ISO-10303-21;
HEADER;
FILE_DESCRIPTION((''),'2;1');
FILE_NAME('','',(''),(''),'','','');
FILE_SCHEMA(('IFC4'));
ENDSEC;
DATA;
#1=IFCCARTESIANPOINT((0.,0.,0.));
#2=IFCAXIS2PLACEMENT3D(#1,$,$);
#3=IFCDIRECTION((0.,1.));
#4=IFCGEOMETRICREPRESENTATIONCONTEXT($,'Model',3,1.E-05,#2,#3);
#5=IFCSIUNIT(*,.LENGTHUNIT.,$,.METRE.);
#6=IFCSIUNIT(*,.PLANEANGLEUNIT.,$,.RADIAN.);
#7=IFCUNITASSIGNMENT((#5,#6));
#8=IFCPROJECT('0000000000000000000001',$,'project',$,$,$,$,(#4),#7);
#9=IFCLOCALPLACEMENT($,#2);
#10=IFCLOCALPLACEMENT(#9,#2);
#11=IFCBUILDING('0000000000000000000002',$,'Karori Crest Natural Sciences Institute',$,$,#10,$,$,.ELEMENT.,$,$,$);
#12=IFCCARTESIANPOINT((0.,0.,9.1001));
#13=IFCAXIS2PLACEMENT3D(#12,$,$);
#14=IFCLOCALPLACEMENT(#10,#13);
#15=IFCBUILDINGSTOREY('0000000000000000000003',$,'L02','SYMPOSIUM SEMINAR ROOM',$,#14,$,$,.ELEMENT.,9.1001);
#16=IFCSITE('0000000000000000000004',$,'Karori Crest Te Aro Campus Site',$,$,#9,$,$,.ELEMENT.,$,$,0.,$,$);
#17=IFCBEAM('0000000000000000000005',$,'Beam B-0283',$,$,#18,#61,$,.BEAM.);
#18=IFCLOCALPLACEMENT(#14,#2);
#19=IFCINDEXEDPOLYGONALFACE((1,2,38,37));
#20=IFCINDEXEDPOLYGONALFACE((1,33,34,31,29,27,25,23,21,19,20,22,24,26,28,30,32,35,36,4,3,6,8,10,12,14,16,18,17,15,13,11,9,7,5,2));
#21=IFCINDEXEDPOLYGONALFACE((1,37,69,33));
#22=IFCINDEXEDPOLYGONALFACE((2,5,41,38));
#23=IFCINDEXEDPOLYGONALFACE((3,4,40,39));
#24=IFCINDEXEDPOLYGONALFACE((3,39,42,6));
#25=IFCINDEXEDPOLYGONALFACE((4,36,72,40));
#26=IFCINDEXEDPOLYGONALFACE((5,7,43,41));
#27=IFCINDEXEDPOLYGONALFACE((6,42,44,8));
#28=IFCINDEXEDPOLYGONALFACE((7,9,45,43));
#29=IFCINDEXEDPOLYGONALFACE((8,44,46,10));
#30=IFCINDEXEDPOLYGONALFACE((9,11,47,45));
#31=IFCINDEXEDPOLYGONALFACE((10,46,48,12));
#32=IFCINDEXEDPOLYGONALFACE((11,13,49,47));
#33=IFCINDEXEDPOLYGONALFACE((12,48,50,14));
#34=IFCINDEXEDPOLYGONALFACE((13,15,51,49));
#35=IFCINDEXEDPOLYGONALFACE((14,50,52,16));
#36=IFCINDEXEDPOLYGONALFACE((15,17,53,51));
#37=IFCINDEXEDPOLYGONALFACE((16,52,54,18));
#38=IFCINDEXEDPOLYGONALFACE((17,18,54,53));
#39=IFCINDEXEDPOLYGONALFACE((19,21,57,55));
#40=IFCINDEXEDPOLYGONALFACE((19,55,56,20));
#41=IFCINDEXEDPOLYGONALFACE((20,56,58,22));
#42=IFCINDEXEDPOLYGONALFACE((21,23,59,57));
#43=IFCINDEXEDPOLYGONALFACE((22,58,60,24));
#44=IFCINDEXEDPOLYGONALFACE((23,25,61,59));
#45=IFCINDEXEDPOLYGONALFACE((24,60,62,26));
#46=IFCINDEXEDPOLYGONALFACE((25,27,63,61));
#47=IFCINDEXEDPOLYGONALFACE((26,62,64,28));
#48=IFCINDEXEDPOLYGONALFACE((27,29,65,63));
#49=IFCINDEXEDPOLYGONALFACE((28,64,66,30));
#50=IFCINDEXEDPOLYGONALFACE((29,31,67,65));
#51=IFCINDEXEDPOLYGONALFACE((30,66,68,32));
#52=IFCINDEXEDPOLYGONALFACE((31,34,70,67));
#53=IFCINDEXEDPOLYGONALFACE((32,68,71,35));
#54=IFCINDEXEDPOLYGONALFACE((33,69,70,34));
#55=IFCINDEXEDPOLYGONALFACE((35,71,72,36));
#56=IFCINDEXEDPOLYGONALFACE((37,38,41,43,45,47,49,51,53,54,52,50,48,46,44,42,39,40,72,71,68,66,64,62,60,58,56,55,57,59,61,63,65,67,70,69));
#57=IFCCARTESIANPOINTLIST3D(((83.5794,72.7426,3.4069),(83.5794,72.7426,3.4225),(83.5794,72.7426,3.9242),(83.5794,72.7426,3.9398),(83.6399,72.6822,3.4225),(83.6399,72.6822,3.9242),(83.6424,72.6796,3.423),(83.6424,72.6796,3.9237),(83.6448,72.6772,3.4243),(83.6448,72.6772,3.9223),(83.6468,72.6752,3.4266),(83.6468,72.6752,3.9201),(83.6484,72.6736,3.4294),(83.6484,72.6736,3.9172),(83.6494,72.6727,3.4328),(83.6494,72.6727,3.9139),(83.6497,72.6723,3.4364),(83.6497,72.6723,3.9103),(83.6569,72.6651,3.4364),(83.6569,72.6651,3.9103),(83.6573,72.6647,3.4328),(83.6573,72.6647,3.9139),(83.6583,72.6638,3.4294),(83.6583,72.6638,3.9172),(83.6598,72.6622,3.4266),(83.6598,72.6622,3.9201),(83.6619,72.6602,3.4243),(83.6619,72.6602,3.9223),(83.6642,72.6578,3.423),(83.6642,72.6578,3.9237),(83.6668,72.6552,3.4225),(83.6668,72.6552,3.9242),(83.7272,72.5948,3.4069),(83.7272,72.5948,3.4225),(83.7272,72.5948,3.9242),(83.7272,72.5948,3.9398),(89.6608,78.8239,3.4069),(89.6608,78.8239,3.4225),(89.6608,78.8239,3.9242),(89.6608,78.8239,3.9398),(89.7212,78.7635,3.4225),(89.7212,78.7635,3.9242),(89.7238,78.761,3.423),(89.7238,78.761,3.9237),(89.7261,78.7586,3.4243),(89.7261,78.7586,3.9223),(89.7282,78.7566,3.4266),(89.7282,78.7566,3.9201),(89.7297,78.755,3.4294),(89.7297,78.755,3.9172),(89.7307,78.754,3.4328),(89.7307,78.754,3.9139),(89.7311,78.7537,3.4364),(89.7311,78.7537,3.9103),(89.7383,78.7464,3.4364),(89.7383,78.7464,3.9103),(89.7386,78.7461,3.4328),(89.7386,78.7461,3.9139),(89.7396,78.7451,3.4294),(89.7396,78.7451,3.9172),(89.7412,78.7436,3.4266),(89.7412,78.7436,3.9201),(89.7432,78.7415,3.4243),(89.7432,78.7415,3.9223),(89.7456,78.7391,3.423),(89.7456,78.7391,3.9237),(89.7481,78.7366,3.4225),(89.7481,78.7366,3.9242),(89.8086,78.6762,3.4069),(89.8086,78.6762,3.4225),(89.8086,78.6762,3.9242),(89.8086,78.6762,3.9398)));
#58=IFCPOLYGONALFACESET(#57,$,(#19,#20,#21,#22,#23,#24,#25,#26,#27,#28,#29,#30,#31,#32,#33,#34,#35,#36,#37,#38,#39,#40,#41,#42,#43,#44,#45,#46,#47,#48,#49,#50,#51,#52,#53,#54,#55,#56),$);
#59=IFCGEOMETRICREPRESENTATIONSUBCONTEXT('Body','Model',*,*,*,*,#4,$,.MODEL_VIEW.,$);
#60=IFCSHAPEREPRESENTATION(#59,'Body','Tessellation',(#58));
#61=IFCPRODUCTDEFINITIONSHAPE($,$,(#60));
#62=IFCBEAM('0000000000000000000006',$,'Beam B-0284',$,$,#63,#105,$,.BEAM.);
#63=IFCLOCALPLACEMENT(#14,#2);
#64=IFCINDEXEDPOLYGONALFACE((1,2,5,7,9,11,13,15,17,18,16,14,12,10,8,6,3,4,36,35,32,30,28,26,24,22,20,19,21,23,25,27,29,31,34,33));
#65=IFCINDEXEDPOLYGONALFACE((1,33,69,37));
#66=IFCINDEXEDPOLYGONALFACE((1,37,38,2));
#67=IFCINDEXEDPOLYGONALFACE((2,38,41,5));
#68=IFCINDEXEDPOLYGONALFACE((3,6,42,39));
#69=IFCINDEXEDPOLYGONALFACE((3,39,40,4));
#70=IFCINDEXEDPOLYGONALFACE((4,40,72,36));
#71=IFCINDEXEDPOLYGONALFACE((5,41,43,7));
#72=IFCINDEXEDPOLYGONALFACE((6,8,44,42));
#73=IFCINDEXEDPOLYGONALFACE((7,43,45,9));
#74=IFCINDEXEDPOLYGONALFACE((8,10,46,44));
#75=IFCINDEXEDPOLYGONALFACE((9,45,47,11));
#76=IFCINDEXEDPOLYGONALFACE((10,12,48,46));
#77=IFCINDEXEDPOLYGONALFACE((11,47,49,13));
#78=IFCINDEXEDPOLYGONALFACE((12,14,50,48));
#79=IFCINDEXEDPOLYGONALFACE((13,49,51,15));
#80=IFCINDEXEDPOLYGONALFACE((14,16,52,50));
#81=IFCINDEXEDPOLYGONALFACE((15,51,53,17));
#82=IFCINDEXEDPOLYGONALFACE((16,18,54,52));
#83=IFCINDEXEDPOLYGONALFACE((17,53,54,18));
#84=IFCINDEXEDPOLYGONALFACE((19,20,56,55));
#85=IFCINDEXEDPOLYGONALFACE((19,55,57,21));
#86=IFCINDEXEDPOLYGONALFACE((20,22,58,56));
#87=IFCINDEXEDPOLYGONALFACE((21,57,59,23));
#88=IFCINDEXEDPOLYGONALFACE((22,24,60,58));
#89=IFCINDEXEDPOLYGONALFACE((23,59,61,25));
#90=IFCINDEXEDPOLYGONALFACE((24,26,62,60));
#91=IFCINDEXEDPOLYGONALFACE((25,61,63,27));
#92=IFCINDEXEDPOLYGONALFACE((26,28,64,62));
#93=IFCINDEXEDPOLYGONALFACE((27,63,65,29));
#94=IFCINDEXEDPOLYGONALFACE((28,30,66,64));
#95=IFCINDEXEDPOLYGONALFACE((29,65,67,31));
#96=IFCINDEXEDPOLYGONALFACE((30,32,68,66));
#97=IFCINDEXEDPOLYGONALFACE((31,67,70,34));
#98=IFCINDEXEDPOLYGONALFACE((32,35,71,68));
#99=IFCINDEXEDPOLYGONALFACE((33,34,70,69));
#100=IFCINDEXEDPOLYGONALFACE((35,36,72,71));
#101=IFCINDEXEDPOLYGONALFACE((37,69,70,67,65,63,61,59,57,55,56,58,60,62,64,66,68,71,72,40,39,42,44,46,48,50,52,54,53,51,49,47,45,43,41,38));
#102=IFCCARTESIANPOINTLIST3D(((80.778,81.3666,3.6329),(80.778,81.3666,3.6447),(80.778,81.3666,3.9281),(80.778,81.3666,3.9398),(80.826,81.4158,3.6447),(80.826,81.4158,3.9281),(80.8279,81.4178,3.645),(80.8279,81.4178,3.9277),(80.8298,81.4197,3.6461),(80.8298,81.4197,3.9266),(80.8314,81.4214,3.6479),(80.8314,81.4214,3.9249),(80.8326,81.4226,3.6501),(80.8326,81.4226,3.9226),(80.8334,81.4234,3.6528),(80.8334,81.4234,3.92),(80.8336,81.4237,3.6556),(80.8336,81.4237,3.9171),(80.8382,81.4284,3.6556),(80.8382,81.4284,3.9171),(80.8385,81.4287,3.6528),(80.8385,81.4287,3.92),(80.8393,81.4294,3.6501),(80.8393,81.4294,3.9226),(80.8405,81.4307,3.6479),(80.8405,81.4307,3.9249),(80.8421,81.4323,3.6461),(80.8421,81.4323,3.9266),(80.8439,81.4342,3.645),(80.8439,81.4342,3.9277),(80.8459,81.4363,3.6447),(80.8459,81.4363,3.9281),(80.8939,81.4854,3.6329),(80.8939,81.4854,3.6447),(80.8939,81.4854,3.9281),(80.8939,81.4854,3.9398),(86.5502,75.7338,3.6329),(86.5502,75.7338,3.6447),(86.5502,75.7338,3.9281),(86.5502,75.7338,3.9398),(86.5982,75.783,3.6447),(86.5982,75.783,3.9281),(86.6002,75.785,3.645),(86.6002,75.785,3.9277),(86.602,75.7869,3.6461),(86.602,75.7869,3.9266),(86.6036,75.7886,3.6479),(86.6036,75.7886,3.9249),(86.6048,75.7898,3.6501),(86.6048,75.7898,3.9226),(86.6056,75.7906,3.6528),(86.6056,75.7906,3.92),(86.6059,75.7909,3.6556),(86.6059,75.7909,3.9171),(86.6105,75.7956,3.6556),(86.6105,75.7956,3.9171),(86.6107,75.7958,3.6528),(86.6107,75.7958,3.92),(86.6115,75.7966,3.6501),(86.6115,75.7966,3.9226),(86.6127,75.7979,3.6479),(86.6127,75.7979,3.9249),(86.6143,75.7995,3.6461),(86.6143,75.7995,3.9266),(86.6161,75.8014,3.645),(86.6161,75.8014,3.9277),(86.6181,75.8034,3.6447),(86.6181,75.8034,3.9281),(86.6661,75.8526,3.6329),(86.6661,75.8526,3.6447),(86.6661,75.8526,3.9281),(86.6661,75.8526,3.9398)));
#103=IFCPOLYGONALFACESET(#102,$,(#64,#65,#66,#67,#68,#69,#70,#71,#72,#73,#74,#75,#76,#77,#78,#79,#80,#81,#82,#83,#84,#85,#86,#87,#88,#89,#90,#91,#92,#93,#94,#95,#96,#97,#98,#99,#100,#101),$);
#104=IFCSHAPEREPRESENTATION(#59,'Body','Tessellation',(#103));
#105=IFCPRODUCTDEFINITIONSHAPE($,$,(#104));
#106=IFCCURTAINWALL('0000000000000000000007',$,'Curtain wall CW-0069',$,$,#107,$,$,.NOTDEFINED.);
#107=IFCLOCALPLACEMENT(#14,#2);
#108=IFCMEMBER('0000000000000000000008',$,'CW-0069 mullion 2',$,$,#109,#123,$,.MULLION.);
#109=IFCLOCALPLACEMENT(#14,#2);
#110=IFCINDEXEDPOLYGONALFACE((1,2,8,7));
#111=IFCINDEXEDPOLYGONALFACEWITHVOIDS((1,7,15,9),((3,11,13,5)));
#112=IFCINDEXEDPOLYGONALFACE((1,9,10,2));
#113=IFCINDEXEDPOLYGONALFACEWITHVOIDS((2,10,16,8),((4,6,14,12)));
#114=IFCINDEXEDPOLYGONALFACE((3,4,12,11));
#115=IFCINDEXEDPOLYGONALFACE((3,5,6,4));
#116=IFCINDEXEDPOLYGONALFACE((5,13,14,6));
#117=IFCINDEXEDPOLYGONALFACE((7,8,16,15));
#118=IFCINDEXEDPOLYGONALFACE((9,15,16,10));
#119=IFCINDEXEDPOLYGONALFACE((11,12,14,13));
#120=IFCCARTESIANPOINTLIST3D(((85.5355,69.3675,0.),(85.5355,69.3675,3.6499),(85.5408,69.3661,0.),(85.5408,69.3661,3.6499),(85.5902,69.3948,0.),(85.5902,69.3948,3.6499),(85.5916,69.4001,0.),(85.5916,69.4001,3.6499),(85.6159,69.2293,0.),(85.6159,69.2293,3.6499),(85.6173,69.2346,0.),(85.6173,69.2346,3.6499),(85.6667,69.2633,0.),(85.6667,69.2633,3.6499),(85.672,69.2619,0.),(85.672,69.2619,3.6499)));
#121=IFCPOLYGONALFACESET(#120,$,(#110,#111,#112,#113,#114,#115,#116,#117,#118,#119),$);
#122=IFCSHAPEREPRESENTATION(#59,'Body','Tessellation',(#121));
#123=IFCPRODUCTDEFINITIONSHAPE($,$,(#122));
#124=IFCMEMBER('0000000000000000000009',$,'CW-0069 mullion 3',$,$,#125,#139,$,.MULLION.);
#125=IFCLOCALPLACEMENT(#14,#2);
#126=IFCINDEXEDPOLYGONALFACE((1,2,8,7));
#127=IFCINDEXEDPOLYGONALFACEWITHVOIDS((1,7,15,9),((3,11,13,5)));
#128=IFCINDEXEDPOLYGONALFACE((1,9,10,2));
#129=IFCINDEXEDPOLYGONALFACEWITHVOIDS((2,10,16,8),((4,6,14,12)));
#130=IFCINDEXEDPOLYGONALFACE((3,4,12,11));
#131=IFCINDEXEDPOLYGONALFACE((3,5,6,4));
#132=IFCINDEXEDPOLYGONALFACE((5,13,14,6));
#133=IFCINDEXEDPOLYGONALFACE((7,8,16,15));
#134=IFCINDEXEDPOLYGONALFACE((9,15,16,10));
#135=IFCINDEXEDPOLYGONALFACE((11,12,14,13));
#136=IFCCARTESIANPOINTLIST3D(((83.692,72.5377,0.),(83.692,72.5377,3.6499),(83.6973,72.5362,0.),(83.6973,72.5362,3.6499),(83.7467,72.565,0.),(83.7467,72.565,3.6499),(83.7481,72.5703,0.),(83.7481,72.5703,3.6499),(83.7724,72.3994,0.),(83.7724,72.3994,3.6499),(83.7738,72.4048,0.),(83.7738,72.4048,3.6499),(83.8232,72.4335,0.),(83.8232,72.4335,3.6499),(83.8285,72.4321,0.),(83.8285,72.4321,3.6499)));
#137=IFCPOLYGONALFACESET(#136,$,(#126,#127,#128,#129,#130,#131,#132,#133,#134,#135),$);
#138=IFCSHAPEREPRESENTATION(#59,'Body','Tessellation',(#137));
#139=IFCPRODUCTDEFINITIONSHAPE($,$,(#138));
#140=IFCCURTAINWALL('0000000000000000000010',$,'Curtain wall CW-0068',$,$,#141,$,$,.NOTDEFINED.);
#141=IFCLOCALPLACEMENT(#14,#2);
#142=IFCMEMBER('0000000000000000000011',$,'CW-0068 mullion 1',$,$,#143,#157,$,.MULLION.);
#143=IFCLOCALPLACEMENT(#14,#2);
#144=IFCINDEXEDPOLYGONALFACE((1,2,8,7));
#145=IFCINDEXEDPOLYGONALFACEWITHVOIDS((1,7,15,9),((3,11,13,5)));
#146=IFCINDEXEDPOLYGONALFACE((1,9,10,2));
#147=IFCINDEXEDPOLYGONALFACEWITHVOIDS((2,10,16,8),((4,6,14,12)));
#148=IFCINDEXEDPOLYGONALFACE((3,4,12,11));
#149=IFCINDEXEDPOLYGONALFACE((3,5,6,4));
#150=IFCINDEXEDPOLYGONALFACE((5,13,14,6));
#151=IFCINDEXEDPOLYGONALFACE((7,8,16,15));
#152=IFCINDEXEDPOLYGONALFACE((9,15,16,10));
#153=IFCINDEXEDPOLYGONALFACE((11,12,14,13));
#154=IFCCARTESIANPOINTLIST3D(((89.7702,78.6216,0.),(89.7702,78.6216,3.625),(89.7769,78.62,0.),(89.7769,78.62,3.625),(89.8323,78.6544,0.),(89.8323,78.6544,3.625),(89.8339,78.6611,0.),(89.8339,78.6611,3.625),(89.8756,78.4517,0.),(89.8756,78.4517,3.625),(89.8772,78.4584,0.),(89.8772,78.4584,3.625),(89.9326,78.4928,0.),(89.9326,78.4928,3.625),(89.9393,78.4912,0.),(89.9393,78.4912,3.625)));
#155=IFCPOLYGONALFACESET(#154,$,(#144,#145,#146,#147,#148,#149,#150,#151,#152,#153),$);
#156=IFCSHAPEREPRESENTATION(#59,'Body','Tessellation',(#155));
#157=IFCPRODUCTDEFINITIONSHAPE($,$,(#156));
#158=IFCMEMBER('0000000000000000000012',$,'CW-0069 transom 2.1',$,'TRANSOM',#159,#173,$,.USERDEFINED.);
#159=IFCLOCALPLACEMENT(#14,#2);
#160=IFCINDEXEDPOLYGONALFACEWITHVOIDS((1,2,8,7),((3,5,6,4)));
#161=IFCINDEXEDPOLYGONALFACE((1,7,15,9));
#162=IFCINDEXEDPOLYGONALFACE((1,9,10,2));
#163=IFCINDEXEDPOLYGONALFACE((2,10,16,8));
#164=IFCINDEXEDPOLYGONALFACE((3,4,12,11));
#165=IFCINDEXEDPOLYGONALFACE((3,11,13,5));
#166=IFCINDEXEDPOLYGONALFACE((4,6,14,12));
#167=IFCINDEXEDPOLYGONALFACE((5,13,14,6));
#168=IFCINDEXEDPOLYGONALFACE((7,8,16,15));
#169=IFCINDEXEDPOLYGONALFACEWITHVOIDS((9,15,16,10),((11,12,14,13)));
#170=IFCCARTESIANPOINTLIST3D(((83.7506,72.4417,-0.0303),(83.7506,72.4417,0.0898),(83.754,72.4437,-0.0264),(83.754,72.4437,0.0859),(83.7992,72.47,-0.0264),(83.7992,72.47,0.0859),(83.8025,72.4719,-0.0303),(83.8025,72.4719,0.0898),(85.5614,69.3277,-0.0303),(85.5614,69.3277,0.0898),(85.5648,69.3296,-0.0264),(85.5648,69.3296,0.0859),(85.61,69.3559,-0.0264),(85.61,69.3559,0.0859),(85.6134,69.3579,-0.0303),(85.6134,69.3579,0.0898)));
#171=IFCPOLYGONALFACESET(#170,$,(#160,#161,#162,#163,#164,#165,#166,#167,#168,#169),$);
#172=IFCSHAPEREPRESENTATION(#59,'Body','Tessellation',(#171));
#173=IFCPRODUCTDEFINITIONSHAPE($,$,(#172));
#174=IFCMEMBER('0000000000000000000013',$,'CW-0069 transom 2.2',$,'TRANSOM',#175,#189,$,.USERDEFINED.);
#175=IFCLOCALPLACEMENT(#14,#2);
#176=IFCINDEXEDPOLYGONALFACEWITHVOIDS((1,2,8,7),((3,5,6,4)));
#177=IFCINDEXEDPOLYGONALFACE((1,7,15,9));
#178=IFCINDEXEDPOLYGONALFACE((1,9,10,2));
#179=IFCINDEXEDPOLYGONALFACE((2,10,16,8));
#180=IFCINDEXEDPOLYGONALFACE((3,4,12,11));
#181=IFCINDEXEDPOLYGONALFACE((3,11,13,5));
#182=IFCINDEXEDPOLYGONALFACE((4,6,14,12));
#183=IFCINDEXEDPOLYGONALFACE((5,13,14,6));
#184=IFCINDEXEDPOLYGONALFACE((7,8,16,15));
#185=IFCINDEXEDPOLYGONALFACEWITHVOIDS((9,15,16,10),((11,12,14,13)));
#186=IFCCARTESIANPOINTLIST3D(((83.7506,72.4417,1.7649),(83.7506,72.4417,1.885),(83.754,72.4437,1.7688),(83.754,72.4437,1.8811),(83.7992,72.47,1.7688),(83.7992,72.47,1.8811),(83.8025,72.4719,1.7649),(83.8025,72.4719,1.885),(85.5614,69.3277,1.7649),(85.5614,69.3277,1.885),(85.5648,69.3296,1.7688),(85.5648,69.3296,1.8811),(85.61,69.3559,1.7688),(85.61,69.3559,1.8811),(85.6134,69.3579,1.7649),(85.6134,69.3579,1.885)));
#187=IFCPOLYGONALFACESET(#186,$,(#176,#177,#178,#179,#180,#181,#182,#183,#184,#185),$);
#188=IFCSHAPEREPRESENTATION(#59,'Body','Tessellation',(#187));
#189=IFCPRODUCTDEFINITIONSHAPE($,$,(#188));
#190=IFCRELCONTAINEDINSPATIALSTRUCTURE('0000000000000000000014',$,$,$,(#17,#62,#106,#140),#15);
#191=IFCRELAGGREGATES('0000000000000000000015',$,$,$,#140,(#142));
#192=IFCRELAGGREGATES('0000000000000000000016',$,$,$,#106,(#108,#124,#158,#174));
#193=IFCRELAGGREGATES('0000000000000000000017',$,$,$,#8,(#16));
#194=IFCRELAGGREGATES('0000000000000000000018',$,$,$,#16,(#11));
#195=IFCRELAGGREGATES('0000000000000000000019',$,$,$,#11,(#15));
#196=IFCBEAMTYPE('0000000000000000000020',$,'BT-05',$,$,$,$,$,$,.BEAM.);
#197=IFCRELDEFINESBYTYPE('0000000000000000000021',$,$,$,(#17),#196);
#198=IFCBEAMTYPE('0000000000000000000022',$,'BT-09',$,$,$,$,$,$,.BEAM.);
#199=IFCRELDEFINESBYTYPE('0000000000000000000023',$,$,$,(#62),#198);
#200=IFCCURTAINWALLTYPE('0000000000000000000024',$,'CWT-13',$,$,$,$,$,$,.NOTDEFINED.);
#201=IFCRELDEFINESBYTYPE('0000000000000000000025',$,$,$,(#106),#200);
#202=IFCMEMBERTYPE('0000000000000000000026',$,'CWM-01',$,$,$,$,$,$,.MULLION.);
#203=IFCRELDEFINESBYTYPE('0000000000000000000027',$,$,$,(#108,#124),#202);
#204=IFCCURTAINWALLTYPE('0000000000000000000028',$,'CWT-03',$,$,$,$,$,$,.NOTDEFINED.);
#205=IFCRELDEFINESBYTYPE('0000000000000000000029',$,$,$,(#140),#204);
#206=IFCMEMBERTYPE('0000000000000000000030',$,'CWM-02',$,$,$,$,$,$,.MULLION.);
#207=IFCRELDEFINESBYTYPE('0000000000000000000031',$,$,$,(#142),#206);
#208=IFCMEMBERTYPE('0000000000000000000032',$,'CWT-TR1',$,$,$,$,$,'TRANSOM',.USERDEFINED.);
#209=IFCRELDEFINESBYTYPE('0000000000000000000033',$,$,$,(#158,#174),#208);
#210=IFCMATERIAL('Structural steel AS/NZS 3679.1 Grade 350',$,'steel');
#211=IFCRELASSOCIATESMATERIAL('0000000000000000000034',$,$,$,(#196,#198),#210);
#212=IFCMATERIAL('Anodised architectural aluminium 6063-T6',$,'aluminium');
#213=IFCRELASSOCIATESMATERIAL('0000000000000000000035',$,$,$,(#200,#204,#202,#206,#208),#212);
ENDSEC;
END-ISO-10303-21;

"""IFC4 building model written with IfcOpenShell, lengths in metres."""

from ifc_helpers import new_model, si_unit, direction, frame, origin, origin_2d, place, context, subcontext, project, spatial, hollow_rectangle, i_section, extrude, material, material_profile, profile_set, type_object, element, aggregate, save


model = new_model("IFC4")

# Units and contexts
model_context = context("Model", 3, precision=1e-05, world=origin(), true_north=direction((0.0, 1.0)))
body_context = subcontext(model_context, "Body", "Model", "MODEL_VIEW")
ifc_project = project(units=[si_unit("LENGTHUNIT", "METRE"), si_unit("PLANEANGLEUNIT", "RADIAN")], contexts=[model_context])

# Site, building, storey
site_placement = place(None, origin())
site = spatial("IfcSite", under=ifc_project, at=site_placement, Name="Karori Crest Te Aro Campus Site", CompositionType="ELEMENT", RefElevation=0.0)
building_placement = place(site_placement, origin())
building = spatial("IfcBuilding", under=site, at=building_placement, Name="Karori Crest Natural Sciences Institute", CompositionType="ELEMENT")
storey_placement = place(building_placement, frame((0.0, 0.0, 9.1001)))
storey = spatial("IfcBuildingStorey", under=building, at=storey_placement, Name="L02", Description="SYMPOSIUM SEMINAR ROOM", CompositionType="ELEMENT", Elevation=9.1001)

# Beams
ifc_material_1 = material(Name="Structural steel AS/NZS 3679.1 Grade 350", Category="steel")
ifc_material_profile_1 = material_profile(ifc_material_1, i_section(OverallWidth=0.209, OverallDepth=0.533, WebThickness=0.0103, FlangeThickness=0.0156, FilletRadius=0.0139, at=origin_2d()), Name="530UB92.4")
ifc_profile_set_1 = profile_set([ifc_material_profile_1], Name="Structural steel AS/NZS 3679.1 Grade 350")
beam_type_1 = type_object("IfcBeamType", Name="BT-05", PredefinedType="BEAM", material=ifc_profile_set_1)
beam_1_placement = place(storey_placement, frame((83.6533, 72.6687, 3.6733), z_axis=(0.707107, 0.707107, 0.0), x_axis=(-0.707107, 0.707107, 0.0)))
element("IfcBeam", 1, at=beam_1_placement, inside=storey, type_object=beam_type_1, Name="Beam B-0283", PredefinedType="BEAM", context=body_context, shape_type="SweptSolid", body=[
    extrude(i_section(OverallWidth=0.209, OverallDepth=0.533, WebThickness=0.0103, FlangeThickness=0.0156, FilletRadius=0.0139, at=origin_2d()), origin(), (0.0, 0.0, 1.0), 8.6003),
])
ifc_material_profile_2 = material_profile(ifc_material_1, i_section(OverallWidth=0.166, OverallDepth=0.3069, WebThickness=0.0066, FlangeThickness=0.0117, FilletRadius=0.011, at=origin_2d()), Name="310UB46.2")
ifc_profile_set_2 = profile_set([ifc_material_profile_2], Name="Structural steel AS/NZS 3679.1 Grade 350")
beam_type_2 = type_object("IfcBeamType", Name="BT-09", PredefinedType="BEAM", material=ifc_profile_set_2)
beam_2_placement = place(storey_placement, frame((86.6082, 75.7932, 3.7864), z_axis=(-0.715696, 0.698412, 0.0), x_axis=(-0.698412, -0.715696, 0.0)))
element("IfcBeam", 2, at=beam_2_placement, inside=storey, type_object=beam_type_2, Name="Beam B-0284", PredefinedType="BEAM", context=body_context, shape_type="SweptSolid", body=[
    extrude(i_section(OverallWidth=0.166, OverallDepth=0.3069, WebThickness=0.0066, FlangeThickness=0.0117, FilletRadius=0.011, at=origin_2d()), origin(), (0.0, 0.0, 1.0), 8.0652),
])

# Curtain wall, members
ifc_material_2 = material(Name="Anodised architectural aluminium 6063-T6", Category="aluminium")
curtain_wall_type_1 = type_object("IfcCurtainWallType", Name="CWT-13", PredefinedType="NOTDEFINED", material=ifc_material_2)
curtain_wall_1_placement = place(storey_placement, origin())
curtain_wall_1 = element("IfcCurtainWall", 3, at=curtain_wall_1_placement, inside=storey, type_object=curtain_wall_type_1, Name="Curtain wall CW-0069", PredefinedType="NOTDEFINED")
ifc_material_profile_3 = material_profile(ifc_material_2, hollow_rectangle(XDim=0.0649, YDim=0.1599, WallThickness=0.0039, at=origin_2d()), Name="CWM160x65x4")
ifc_profile_set_3 = profile_set([ifc_material_profile_3], Name="Anodised architectural aluminium 6063-T6")
member_type_1 = type_object("IfcMemberType", Name="CWM-01", PredefinedType="MULLION", material=ifc_profile_set_3)
member_1_placement = place(storey_placement, frame((85.6038, 69.3147, 0.0), z_axis=(0.0, 0.0, 1.0), x_axis=(-0.864484, -0.50266, 0.0)))
member_1 = element("IfcMember", 4, at=member_1_placement, type_object=member_type_1, Name="CW-0069 mullion 2", PredefinedType="MULLION", context=body_context, shape_type="SweptSolid", body=[
    extrude(hollow_rectangle(XDim=0.0649, YDim=0.1599, WallThickness=0.0039, at=origin_2d()), origin(), (0.0, 0.0, 1.0), 3.6499),
])
member_2_placement = place(storey_placement, frame((83.7603, 72.4849, 0.0), z_axis=(0.0, 0.0, 1.0), x_axis=(-0.864484, -0.50266, 0.0)))
member_2 = element("IfcMember", 5, at=member_2_placement, type_object=member_type_1, Name="CW-0069 mullion 3", PredefinedType="MULLION", context=body_context, shape_type="SweptSolid", body=[
    extrude(hollow_rectangle(XDim=0.0649, YDim=0.1599, WallThickness=0.0039, at=origin_2d()), origin(), (0.0, 0.0, 1.0), 3.6499),
])

# Curtain wall, member
curtain_wall_type_2 = type_object("IfcCurtainWallType", Name="CWT-03", PredefinedType="NOTDEFINED", material=ifc_material_2)
curtain_wall_2_placement = place(storey_placement, origin())
curtain_wall_2 = element("IfcCurtainWall", 6, at=curtain_wall_2_placement, inside=storey, type_object=curtain_wall_type_2, Name="Curtain wall CW-0068", PredefinedType="NOTDEFINED")
ifc_material_profile_4 = material_profile(ifc_material_2, hollow_rectangle(XDim=0.075, YDim=0.2, WallThickness=0.0049, at=origin_2d()), Name="CWM200x75x5")
ifc_profile_set_4 = profile_set([ifc_material_profile_4], Name="Anodised architectural aluminium 6063-T6")
member_type_2 = type_object("IfcMemberType", Name="CWM-02", PredefinedType="MULLION", material=ifc_profile_set_4)
member_3_placement = place(storey_placement, frame((89.8547, 78.5564, 0.0), z_axis=(0.0, 0.0, 1.0), x_axis=(0.849666, 0.527322, 0.0)))
member_3 = element("IfcMember", 7, at=member_3_placement, type_object=member_type_2, Name="CW-0068 mullion 1", PredefinedType="MULLION", context=body_context, shape_type="SweptSolid", body=[
    extrude(hollow_rectangle(XDim=0.075, YDim=0.2, WallThickness=0.0049, at=origin_2d()), origin(), (0.0, 0.0, 1.0), 3.625),
])

# Members
ifc_material_profile_5 = material_profile(ifc_material_2, hollow_rectangle(XDim=0.0601, YDim=0.1201, WallThickness=0.0039, at=origin_2d()), Name="CWT120x60x4")
ifc_profile_set_5 = profile_set([ifc_material_profile_5], Name="Anodised architectural aluminium 6063-T6")
member_type_3 = type_object("IfcMemberType", Name="CWT-TR1", ElementType="TRANSOM", PredefinedType="USERDEFINED", material=ifc_profile_set_5)
member_4_placement = place(storey_placement, frame((85.5874, 69.3428, 0.0298), z_axis=(-0.502686, 0.864469, 0.0), x_axis=(-0.864469, -0.502686, 0.0)))
member_4 = element("IfcMember", 8, at=member_4_placement, type_object=member_type_3, Name="CW-0069 transom 2.1", ObjectType="TRANSOM", PredefinedType="USERDEFINED", context=body_context, shape_type="SweptSolid", body=[
    extrude(hollow_rectangle(XDim=0.0601, YDim=0.1201, WallThickness=0.0039, at=origin_2d()), origin(), (0.0, 0.0, 1.0), 3.6023),
])
member_5_placement = place(storey_placement, frame((85.5874, 69.3428, 1.825), z_axis=(-0.502686, 0.864469, 0.0), x_axis=(-0.864469, -0.502686, 0.0)))
member_5 = element("IfcMember", 9, at=member_5_placement, type_object=member_type_3, Name="CW-0069 transom 2.2", ObjectType="TRANSOM", PredefinedType="USERDEFINED", context=body_context, shape_type="SweptSolid", body=[
    extrude(hollow_rectangle(XDim=0.0601, YDim=0.1201, WallThickness=0.0039, at=origin_2d()), origin(), (0.0, 0.0, 1.0), 3.6023),
])
aggregate(curtain_wall_2, [member_3])

aggregate(curtain_wall_1, [member_1, member_2, member_4, member_5])

save(model, "model.ifc")
